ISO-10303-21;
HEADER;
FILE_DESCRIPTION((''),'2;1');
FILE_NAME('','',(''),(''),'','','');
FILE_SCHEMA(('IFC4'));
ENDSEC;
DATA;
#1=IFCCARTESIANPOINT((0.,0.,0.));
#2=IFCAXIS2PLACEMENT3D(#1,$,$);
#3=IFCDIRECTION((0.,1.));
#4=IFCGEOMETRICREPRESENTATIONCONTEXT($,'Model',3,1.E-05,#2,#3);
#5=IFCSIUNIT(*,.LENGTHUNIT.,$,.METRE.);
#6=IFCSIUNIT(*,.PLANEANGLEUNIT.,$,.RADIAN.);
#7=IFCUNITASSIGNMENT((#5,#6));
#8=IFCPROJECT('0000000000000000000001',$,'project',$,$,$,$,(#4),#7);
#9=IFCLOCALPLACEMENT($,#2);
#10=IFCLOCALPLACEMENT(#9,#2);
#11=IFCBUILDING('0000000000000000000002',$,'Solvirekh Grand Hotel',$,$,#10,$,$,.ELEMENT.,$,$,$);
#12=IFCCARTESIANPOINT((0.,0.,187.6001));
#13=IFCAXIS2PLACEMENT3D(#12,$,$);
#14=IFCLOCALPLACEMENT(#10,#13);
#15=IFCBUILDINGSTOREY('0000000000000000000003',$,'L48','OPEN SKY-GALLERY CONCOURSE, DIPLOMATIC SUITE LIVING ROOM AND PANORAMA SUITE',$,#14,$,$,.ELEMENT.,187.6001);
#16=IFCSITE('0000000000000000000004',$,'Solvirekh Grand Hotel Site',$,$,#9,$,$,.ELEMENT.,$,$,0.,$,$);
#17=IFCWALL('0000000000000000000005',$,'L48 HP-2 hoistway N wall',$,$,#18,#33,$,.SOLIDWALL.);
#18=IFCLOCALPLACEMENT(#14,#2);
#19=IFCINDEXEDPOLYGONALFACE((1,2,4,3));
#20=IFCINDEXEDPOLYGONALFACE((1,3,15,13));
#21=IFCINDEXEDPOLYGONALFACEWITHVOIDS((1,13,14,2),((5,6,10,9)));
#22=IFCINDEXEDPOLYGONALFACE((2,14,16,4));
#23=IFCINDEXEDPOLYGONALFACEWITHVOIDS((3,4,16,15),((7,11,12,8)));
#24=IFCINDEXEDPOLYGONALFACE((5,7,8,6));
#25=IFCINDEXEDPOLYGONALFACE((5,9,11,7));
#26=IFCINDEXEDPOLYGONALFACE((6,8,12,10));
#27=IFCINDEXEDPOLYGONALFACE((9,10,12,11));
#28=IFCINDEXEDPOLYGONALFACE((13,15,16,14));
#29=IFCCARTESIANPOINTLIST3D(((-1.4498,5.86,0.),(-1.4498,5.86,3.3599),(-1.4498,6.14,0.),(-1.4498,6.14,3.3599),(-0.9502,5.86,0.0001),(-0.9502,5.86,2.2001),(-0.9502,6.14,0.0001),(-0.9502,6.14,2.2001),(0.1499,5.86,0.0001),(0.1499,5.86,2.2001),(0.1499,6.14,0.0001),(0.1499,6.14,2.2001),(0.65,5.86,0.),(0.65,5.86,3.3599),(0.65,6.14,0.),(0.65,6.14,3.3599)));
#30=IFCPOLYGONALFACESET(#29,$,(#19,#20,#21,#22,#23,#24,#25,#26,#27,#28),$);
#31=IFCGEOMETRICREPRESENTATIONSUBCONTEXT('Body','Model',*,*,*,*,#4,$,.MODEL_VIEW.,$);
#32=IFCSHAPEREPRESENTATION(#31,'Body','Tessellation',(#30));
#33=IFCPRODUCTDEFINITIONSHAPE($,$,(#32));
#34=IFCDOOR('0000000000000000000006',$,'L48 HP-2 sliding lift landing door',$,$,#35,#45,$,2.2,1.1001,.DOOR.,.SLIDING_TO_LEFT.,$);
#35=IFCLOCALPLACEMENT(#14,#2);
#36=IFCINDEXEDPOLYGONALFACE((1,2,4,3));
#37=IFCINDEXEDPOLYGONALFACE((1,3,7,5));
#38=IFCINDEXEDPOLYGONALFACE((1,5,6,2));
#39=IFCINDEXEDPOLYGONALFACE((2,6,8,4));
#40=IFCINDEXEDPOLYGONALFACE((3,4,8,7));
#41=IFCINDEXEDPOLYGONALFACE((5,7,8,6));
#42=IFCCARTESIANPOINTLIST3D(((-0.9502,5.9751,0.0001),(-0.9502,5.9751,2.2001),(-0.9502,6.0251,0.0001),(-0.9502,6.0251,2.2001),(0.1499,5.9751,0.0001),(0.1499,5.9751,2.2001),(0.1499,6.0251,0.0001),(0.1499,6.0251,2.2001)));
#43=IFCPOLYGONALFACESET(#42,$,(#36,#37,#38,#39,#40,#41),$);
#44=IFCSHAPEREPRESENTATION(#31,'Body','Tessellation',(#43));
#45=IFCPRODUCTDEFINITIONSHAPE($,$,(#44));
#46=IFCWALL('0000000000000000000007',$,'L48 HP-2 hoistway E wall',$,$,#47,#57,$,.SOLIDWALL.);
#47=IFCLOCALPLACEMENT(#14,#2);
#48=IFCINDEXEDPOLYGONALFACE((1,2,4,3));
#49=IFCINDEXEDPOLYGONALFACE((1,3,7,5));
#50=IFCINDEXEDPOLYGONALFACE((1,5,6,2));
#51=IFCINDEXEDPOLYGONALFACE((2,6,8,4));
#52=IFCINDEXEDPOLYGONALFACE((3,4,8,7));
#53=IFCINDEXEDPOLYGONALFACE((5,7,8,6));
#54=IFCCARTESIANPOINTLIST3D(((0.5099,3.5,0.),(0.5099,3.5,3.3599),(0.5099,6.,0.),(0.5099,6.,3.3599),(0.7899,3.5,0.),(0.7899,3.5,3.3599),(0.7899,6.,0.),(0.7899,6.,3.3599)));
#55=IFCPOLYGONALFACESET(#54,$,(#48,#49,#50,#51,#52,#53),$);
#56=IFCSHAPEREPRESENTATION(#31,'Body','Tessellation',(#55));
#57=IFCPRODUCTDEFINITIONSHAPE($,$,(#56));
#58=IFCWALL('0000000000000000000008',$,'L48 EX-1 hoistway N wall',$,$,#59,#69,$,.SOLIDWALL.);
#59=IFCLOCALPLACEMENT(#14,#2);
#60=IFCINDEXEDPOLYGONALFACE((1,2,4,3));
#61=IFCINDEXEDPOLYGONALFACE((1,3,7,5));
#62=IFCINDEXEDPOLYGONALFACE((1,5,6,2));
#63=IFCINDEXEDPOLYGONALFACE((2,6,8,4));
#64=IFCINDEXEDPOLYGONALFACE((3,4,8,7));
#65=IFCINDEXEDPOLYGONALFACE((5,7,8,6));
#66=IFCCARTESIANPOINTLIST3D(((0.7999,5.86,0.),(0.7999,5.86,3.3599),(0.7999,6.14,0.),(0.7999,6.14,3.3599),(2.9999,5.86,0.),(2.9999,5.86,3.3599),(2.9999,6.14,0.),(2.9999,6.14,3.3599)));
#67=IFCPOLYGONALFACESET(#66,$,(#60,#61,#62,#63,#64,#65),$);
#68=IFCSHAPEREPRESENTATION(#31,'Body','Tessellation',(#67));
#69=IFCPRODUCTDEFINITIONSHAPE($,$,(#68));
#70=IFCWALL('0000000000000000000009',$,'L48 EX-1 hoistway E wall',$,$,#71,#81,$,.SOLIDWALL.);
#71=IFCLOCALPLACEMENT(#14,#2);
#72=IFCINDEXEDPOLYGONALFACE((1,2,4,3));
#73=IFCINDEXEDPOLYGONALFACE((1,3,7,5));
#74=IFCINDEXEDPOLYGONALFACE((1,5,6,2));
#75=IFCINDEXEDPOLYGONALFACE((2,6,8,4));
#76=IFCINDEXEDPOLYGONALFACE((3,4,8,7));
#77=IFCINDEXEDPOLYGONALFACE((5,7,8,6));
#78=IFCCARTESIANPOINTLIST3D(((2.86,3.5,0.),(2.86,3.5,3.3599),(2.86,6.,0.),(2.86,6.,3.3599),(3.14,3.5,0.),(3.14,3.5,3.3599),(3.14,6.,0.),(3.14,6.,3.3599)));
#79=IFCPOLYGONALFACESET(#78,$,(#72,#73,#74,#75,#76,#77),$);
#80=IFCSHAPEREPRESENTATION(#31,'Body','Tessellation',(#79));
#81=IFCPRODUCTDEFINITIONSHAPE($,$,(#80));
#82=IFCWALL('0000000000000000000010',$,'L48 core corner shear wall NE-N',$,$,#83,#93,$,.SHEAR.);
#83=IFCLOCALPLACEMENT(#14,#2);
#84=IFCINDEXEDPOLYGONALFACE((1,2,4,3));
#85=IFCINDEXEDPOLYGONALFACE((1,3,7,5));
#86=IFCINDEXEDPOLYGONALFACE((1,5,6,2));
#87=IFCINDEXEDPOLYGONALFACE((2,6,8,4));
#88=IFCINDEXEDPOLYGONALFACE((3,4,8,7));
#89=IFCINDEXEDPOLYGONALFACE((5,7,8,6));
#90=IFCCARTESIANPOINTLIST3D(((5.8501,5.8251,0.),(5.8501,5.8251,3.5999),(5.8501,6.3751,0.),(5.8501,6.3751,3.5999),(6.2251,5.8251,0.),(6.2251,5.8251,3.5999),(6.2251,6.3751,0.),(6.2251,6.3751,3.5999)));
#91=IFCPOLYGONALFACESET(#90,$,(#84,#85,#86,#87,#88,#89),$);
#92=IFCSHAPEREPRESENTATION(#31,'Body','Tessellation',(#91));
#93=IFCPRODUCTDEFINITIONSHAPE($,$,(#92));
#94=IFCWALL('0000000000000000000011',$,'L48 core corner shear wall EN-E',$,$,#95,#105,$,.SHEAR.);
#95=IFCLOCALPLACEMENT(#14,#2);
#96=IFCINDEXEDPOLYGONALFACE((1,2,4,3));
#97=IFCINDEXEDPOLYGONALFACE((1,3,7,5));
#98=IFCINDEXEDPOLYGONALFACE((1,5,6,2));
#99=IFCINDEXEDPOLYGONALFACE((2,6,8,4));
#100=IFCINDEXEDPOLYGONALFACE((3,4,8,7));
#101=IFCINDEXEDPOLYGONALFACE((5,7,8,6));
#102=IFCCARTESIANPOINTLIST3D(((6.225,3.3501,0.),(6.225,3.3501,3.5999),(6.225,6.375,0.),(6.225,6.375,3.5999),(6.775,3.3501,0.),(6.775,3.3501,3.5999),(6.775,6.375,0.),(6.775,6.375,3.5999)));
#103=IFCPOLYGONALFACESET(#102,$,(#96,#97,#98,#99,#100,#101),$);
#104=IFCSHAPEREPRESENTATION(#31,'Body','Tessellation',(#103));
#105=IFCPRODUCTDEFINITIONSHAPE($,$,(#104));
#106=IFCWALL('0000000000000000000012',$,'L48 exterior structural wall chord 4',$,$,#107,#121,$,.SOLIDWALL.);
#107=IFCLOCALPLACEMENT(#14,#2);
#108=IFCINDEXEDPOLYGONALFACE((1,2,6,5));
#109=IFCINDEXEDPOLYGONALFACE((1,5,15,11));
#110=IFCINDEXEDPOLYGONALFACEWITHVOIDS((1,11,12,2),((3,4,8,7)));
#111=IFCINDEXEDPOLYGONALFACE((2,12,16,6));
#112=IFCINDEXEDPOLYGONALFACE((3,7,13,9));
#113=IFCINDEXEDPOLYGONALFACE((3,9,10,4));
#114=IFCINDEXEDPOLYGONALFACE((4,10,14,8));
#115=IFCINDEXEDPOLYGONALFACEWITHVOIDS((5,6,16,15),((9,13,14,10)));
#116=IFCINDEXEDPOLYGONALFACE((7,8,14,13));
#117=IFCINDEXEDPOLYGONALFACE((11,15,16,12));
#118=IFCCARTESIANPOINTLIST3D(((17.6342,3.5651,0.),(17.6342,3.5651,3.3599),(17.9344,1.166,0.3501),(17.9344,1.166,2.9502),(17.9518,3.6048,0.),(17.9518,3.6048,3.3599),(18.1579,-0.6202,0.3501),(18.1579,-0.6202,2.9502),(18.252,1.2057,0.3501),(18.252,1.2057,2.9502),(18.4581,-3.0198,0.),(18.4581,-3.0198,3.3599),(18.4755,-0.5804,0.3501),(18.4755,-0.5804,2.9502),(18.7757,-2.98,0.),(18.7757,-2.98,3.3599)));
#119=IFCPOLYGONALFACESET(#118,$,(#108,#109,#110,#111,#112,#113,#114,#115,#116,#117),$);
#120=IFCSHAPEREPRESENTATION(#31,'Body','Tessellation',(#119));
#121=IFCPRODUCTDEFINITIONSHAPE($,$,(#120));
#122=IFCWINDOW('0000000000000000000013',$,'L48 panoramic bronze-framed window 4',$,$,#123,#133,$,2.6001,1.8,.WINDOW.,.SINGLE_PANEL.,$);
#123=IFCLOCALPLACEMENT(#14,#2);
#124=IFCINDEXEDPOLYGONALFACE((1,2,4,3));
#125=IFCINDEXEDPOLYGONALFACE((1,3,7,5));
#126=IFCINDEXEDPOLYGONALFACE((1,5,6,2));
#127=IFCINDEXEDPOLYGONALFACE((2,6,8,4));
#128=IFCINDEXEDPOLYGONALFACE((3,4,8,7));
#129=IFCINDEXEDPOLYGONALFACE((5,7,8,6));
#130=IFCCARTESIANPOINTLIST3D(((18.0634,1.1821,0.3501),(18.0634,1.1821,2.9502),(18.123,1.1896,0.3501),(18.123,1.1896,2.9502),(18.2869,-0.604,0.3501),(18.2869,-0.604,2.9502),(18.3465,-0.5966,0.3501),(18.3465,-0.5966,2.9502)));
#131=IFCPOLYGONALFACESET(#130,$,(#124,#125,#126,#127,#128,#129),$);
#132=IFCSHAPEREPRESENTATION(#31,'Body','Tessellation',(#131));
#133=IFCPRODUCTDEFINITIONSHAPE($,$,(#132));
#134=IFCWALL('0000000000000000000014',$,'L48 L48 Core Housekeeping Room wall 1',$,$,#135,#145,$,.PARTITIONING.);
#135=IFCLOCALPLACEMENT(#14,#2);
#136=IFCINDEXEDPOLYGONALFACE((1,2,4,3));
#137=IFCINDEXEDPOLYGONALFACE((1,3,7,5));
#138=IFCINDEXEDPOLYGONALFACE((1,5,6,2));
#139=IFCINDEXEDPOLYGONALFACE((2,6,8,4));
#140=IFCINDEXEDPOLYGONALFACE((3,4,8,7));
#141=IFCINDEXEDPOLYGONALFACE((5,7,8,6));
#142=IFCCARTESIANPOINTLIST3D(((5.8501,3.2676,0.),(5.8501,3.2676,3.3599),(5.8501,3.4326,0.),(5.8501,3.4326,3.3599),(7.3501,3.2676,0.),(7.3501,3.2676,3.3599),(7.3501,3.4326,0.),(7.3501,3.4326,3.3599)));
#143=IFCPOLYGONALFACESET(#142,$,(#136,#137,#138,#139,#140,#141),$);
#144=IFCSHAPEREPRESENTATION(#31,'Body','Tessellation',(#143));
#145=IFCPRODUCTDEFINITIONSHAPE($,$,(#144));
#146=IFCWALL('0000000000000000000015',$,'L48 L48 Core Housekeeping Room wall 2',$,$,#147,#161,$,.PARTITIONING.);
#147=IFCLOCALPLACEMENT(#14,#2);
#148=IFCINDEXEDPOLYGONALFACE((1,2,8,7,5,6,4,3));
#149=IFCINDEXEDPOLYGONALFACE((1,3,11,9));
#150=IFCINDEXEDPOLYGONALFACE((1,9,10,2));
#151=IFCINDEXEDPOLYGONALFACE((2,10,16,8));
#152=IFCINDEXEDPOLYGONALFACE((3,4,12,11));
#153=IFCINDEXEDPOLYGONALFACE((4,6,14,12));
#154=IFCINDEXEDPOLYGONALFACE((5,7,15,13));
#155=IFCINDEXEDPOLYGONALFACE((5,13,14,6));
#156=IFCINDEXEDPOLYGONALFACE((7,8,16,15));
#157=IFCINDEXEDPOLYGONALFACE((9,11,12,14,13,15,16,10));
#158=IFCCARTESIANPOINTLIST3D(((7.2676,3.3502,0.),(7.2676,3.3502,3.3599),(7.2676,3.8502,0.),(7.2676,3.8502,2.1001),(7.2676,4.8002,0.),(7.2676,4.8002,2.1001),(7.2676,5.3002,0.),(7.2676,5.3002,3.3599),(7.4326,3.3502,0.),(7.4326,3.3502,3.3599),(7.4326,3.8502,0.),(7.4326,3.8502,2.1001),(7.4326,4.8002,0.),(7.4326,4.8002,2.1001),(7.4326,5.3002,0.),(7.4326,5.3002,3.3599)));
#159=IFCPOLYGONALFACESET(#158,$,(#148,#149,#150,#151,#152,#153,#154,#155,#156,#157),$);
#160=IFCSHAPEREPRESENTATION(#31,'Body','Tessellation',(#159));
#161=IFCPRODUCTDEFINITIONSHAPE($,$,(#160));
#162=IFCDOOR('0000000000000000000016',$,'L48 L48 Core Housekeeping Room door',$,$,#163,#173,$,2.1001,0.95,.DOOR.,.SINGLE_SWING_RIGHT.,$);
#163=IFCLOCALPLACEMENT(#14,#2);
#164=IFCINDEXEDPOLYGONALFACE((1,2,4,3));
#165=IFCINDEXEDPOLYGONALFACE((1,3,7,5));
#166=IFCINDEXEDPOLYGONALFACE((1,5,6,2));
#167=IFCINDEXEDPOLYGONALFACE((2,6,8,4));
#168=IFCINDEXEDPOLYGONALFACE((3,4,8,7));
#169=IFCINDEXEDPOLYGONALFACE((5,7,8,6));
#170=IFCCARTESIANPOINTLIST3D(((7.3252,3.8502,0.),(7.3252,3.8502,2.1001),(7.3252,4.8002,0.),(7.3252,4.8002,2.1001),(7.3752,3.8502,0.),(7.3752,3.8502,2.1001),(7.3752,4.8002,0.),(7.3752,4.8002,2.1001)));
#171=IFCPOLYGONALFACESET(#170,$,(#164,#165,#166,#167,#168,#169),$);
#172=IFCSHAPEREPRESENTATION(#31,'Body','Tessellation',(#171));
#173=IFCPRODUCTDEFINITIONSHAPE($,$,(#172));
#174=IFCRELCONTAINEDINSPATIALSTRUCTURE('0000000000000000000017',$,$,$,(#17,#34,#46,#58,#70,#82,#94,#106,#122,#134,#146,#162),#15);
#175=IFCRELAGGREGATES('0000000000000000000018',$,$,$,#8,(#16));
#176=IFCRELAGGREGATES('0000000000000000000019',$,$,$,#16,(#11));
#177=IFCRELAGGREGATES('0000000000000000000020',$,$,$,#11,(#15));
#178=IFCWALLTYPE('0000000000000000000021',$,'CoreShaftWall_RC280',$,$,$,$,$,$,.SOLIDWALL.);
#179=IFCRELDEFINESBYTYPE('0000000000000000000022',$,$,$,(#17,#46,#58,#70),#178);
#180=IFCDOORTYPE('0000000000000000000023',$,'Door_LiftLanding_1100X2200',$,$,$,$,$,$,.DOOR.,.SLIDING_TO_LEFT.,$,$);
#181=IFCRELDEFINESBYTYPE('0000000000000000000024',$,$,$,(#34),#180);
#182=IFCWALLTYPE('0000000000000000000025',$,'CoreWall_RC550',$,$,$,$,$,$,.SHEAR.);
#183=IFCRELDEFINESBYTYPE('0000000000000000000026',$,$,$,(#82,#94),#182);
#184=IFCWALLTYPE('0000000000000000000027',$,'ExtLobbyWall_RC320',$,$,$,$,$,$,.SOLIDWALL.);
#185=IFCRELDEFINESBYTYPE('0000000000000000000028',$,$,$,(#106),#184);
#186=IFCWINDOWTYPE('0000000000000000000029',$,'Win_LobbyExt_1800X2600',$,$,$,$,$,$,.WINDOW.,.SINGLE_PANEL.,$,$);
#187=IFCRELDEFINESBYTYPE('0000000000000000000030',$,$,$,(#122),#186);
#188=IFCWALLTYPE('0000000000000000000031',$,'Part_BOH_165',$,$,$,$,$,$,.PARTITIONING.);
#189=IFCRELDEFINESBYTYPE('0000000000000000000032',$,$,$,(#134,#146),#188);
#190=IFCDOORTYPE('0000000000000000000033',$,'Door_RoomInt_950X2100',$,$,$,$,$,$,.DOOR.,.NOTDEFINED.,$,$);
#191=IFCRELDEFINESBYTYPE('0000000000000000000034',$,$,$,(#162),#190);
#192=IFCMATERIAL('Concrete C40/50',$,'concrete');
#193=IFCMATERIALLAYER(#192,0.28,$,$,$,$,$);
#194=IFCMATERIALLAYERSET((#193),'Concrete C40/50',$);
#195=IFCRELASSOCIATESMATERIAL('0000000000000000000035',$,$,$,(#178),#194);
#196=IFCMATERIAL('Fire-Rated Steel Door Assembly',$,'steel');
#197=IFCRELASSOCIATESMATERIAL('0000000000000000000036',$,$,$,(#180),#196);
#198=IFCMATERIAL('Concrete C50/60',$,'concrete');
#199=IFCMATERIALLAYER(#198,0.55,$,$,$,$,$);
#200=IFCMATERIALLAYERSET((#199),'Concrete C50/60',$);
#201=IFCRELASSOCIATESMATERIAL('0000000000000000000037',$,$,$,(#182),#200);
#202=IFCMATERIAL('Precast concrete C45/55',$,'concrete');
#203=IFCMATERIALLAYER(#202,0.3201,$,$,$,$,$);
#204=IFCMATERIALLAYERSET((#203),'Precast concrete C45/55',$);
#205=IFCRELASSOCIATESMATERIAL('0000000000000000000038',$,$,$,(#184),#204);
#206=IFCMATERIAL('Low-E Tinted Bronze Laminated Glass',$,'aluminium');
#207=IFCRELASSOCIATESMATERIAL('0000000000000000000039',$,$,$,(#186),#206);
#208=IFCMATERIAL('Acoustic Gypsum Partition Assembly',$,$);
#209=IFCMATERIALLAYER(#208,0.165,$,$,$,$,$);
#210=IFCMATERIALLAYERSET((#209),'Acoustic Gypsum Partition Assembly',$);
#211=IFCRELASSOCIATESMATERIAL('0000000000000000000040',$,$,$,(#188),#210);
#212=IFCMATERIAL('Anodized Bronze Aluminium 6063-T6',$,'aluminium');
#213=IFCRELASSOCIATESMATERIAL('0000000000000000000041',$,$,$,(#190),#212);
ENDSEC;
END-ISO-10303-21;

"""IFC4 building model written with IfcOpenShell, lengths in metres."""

from ifc_helpers import new_model, si_unit, direction, frame, frame_2d, origin, place, context, subcontext, project, spatial, rectangle, extrude, material, layer, layer_set, type_object, element, fill, save


model = new_model("IFC4")

# Units and contexts
model_context = context("Model", 3, precision=1e-05, world=origin(), true_north=direction((0.0, 1.0)))
body_context = subcontext(model_context, "Body", "Model", "MODEL_VIEW")
ifc_project = project(units=[si_unit("LENGTHUNIT", "METRE"), si_unit("PLANEANGLEUNIT", "RADIAN")], contexts=[model_context])

# Site, building, storey
site_placement = place(None, origin())
site = spatial("IfcSite", under=ifc_project, at=site_placement, Name="Solvirekh Grand Hotel Site", CompositionType="ELEMENT", RefElevation=0.0)
building_placement = place(site_placement, origin())
building = spatial("IfcBuilding", under=site, at=building_placement, Name="Solvirekh Grand Hotel", CompositionType="ELEMENT")
storey_placement = place(building_placement, frame((0.0, 0.0, 187.6001)))
storey = spatial("IfcBuildingStorey", under=building, at=storey_placement, Name="L48", Description="OPEN SKY-GALLERY CONCOURSE, DIPLOMATIC SUITE LIVING ROOM AND PANORAMA SUITE", CompositionType="ELEMENT", Elevation=187.6001)

# Wall, opening, door
ifc_material_1 = material(Name="Concrete C40/50", Category="concrete")
ifc_layer_1 = layer(ifc_material_1, 0.28)
ifc_layer_set_1 = layer_set([ifc_layer_1], Name="Concrete C40/50")
wall_type_1 = type_object("IfcWallType", Name="CoreShaftWall_RC280", PredefinedType="SOLIDWALL", material=ifc_layer_set_1)
wall_1_placement = place(storey_placement, frame((0.6499, 6.0, 0.0), z_axis=(0.0, 0.0, 1.0), x_axis=(-1.0, 0.0, 0.0)))
wall_1 = element("IfcWall", 1, at=wall_1_placement, inside=storey, type_object=wall_type_1, Name="L48 HP-2 hoistway N wall", PredefinedType="SOLIDWALL", context=body_context, shape_type="SweptSolid", body=[
    extrude(rectangle(XDim=2.0999, YDim=0.28, at=frame_2d((1.0498, 0.0))), origin(), (0.0, 0.0, 1.0), 3.3599),
])
opening_1_placement = place(wall_1_placement, frame((0.5, 0.0, 0.0)))
opening_1 = element("IfcOpeningElement", 2, at=opening_1_placement, cuts=wall_1, PredefinedType="OPENING", context=body_context, shape_type="SweptSolid", body=[
    extrude(rectangle(XDim=1.1001, YDim=2.2, at=frame_2d((0.55, 1.1001))), frame((0.0, 0.1499, 0.0), z_axis=(0.0, -1.0, 0.0), x_axis=(1.0, 0.0, 0.0)), (0.0, 0.0, 1.0), 0.3),
])
ifc_material_2 = material(Name="Fire-Rated Steel Door Assembly", Category="steel")
door_type_1 = type_object("IfcDoorType", Name="Door_LiftLanding_1100X2200", OperationType="SLIDING_TO_LEFT", PredefinedType="DOOR", material=ifc_material_2)
door_1_placement = place(opening_1_placement, origin())
door_1 = element("IfcDoor", 3, at=door_1_placement, inside=storey, type_object=door_type_1, Name="L48 HP-2 sliding lift landing door", OperationType="SLIDING_TO_LEFT", OverallHeight=2.2, OverallWidth=1.1001, PredefinedType="DOOR", context=body_context, shape_type="SweptSolid", body=[
    extrude(rectangle(XDim=1.1001, YDim=2.2, at=frame_2d((0.55, 1.1001))), frame((0.0, 0.0249, 0.0), z_axis=(0.0, -1.0, 0.0), x_axis=(1.0, 0.0, 0.0)), (0.0, 0.0, 1.0), 0.05),
])
fill(opening_1, door_1)

# Walls
wall_2_placement = place(storey_placement, frame((0.6499, 3.5, 0.0), z_axis=(0.0, 0.0, 1.0), x_axis=(0.0, 1.0, 0.0)))
element("IfcWall", 4, at=wall_2_placement, inside=storey, type_object=wall_type_1, Name="L48 HP-2 hoistway E wall", PredefinedType="SOLIDWALL", context=body_context, shape_type="SweptSolid", body=[
    extrude(rectangle(XDim=2.5, YDim=0.28, at=frame_2d((1.25, 0.0))), origin(), (0.0, 0.0, 1.0), 3.3599),
])
wall_3_placement = place(storey_placement, frame((3.0, 6.0, 0.0), z_axis=(0.0, 0.0, 1.0), x_axis=(-1.0, 0.0, 0.0)))
element("IfcWall", 5, at=wall_3_placement, inside=storey, type_object=wall_type_1, Name="L48 EX-1 hoistway N wall", PredefinedType="SOLIDWALL", context=body_context, shape_type="SweptSolid", body=[
    extrude(rectangle(XDim=2.2, YDim=0.28, at=frame_2d((1.1001, 0.0))), origin(), (0.0, 0.0, 1.0), 3.3599),
])
wall_4_placement = place(storey_placement, frame((3.0, 3.5, 0.0), z_axis=(0.0, 0.0, 1.0), x_axis=(0.0, 1.0, 0.0)))
element("IfcWall", 6, at=wall_4_placement, inside=storey, type_object=wall_type_1, Name="L48 EX-1 hoistway E wall", PredefinedType="SOLIDWALL", context=body_context, shape_type="SweptSolid", body=[
    extrude(rectangle(XDim=2.5, YDim=0.28, at=frame_2d((1.25, 0.0))), origin(), (0.0, 0.0, 1.0), 3.3599),
])
ifc_material_3 = material(Name="Concrete C50/60", Category="concrete")
ifc_layer_2 = layer(ifc_material_3, 0.55)
ifc_layer_set_2 = layer_set([ifc_layer_2], Name="Concrete C50/60")
wall_type_2 = type_object("IfcWallType", Name="CoreWall_RC550", PredefinedType="SHEAR", material=ifc_layer_set_2)
wall_5_placement = place(storey_placement, frame((5.8501, 6.1001, 0.0), z_axis=(0.0, 0.0, 1.0), x_axis=(1.0, 0.0, 0.0)))
element("IfcWall", 7, at=wall_5_placement, inside=storey, type_object=wall_type_2, Name="L48 core corner shear wall NE-N", PredefinedType="SHEAR", context=body_context, shape_type="SweptSolid", body=[
    extrude(rectangle(XDim=0.375, YDim=0.55, at=frame_2d((0.1875, 0.0))), origin(), (0.0, 0.0, 1.0), 3.5999),
])
wall_6_placement = place(storey_placement, frame((6.5, 3.3501, 0.0), z_axis=(0.0, 0.0, 1.0), x_axis=(0.0, 1.0, 0.0)))
element("IfcWall", 8, at=wall_6_placement, inside=storey, type_object=wall_type_2, Name="L48 core corner shear wall EN-E", PredefinedType="SHEAR", context=body_context, shape_type="SweptSolid", body=[
    extrude(rectangle(XDim=3.0249, YDim=0.55, at=frame_2d((1.5125, 0.0))), origin(), (0.0, 0.0, 1.0), 3.5999),
])

# Wall, opening, window
ifc_material_4 = material(Name="Precast concrete C45/55", Category="concrete")
ifc_layer_3 = layer(ifc_material_4, 0.3201)
ifc_layer_set_3 = layer_set([ifc_layer_3], Name="Precast concrete C45/55")
wall_type_3 = type_object("IfcWallType", Name="ExtLobbyWall_RC320", PredefinedType="SOLIDWALL", material=ifc_layer_set_3)
wall_7_placement = place(storey_placement, frame((17.793, 3.585, 0.0), z_axis=(0.0, 0.0, 1.0), x_axis=(0.124162, -0.992262, 0.0)))
wall_7 = element("IfcWall", 9, at=wall_7_placement, inside=storey, type_object=wall_type_3, Name="L48 exterior structural wall chord 4", PredefinedType="SOLIDWALL", context=body_context, shape_type="SweptSolid", body=[
    extrude(rectangle(XDim=6.6362, YDim=0.3201, at=frame_2d((3.3181, 0.0))), origin(), (0.0, 0.0, 1.0), 3.3599),
])
opening_2_placement = place(wall_7_placement, frame((2.418, 0.0, 0.3501)))
opening_2 = element("IfcOpeningElement", 10, at=opening_2_placement, cuts=wall_7, PredefinedType="OPENING", context=body_context, shape_type="SweptSolid", body=[
    extrude(rectangle(XDim=1.8, YDim=2.6001, at=frame_2d((0.8999, 1.3))), frame((0.0, 0.1699, 0.0), z_axis=(0.0, -1.0, 0.0), x_axis=(1.0, 0.0, 0.0)), (0.0, 0.0, 1.0), 0.3401),
])
ifc_material_5 = material(Name="Low-E Tinted Bronze Laminated Glass", Category="aluminium")
window_type = type_object("IfcWindowType", Name="Win_LobbyExt_1800X2600", PartitioningType="SINGLE_PANEL", PredefinedType="WINDOW", material=ifc_material_5)
window_placement = place(opening_2_placement, origin())
window = element("IfcWindow", 11, at=window_placement, inside=storey, type_object=window_type, Name="L48 panoramic bronze-framed window 4", OverallHeight=2.6001, OverallWidth=1.8, PartitioningType="SINGLE_PANEL", PredefinedType="WINDOW", context=body_context, shape_type="SweptSolid", body=[
    extrude(rectangle(XDim=1.8, YDim=2.6001, at=frame_2d((0.8999, 1.3))), frame((0.0, 0.03, 0.0), z_axis=(0.0, -1.0, 0.0), x_axis=(1.0, 0.0, 0.0)), (0.0, 0.0, 1.0), 0.0601),
])
fill(opening_2, window)

# Wall
ifc_material_6 = material(Name="Acoustic Gypsum Partition Assembly")
ifc_layer_4 = layer(ifc_material_6, 0.165)
ifc_layer_set_4 = layer_set([ifc_layer_4], Name="Acoustic Gypsum Partition Assembly")
wall_type_4 = type_object("IfcWallType", Name="Part_BOH_165", PredefinedType="PARTITIONING", material=ifc_layer_set_4)
wall_8_placement = place(storey_placement, frame((5.8501, 3.3501, 0.0), z_axis=(0.0, 0.0, 1.0), x_axis=(1.0, 0.0, 0.0)))
element("IfcWall", 12, at=wall_8_placement, inside=storey, type_object=wall_type_4, Name="L48 L48 Core Housekeeping Room wall 1", PredefinedType="PARTITIONING", context=body_context, shape_type="SweptSolid", body=[
    extrude(rectangle(XDim=1.5, YDim=0.165, at=frame_2d((0.75, 0.0))), origin(), (0.0, 0.0, 1.0), 3.3599),
])

# Wall, opening, door
wall_9_placement = place(storey_placement, frame((7.3501, 3.3501, 0.0), z_axis=(0.0, 0.0, 1.0), x_axis=(0.0, 1.0, 0.0)))
wall_9 = element("IfcWall", 13, at=wall_9_placement, inside=storey, type_object=wall_type_4, Name="L48 L48 Core Housekeeping Room wall 2", PredefinedType="PARTITIONING", context=body_context, shape_type="SweptSolid", body=[
    extrude(rectangle(XDim=1.95, YDim=0.165, at=frame_2d((0.9751, 0.0))), origin(), (0.0, 0.0, 1.0), 3.3599),
])
opening_3_placement = place(wall_9_placement, frame((0.5, 0.0, 0.0)))
opening_3 = element("IfcOpeningElement", 14, at=opening_3_placement, cuts=wall_9, PredefinedType="OPENING", context=body_context, shape_type="SweptSolid", body=[
    extrude(rectangle(XDim=0.95, YDim=2.1001, at=frame_2d((0.4751, 1.05))), frame((0.0, 0.0925, 0.0), z_axis=(0.0, -1.0, 0.0), x_axis=(1.0, 0.0, 0.0)), (0.0, 0.0, 1.0), 0.1851),
])
ifc_material_7 = material(Name="Anodized Bronze Aluminium 6063-T6", Category="aluminium")
door_type_2 = type_object("IfcDoorType", Name="Door_RoomInt_950X2100", OperationType="NOTDEFINED", PredefinedType="DOOR", material=ifc_material_7)
door_2_placement = place(opening_3_placement, origin())
door_2 = element("IfcDoor", 15, at=door_2_placement, inside=storey, type_object=door_type_2, Name="L48 L48 Core Housekeeping Room door", OperationType="SINGLE_SWING_RIGHT", OverallHeight=2.1001, OverallWidth=0.95, PredefinedType="DOOR", context=body_context, shape_type="SweptSolid", body=[
    extrude(rectangle(XDim=0.95, YDim=2.1001, at=frame_2d((0.4751, 1.05))), frame((0.0, 0.0249, 0.0), z_axis=(0.0, -1.0, 0.0), x_axis=(1.0, 0.0, 0.0)), (0.0, 0.0, 1.0), 0.05),
])
fill(opening_3, door_2)

save(model, "model.ifc")
